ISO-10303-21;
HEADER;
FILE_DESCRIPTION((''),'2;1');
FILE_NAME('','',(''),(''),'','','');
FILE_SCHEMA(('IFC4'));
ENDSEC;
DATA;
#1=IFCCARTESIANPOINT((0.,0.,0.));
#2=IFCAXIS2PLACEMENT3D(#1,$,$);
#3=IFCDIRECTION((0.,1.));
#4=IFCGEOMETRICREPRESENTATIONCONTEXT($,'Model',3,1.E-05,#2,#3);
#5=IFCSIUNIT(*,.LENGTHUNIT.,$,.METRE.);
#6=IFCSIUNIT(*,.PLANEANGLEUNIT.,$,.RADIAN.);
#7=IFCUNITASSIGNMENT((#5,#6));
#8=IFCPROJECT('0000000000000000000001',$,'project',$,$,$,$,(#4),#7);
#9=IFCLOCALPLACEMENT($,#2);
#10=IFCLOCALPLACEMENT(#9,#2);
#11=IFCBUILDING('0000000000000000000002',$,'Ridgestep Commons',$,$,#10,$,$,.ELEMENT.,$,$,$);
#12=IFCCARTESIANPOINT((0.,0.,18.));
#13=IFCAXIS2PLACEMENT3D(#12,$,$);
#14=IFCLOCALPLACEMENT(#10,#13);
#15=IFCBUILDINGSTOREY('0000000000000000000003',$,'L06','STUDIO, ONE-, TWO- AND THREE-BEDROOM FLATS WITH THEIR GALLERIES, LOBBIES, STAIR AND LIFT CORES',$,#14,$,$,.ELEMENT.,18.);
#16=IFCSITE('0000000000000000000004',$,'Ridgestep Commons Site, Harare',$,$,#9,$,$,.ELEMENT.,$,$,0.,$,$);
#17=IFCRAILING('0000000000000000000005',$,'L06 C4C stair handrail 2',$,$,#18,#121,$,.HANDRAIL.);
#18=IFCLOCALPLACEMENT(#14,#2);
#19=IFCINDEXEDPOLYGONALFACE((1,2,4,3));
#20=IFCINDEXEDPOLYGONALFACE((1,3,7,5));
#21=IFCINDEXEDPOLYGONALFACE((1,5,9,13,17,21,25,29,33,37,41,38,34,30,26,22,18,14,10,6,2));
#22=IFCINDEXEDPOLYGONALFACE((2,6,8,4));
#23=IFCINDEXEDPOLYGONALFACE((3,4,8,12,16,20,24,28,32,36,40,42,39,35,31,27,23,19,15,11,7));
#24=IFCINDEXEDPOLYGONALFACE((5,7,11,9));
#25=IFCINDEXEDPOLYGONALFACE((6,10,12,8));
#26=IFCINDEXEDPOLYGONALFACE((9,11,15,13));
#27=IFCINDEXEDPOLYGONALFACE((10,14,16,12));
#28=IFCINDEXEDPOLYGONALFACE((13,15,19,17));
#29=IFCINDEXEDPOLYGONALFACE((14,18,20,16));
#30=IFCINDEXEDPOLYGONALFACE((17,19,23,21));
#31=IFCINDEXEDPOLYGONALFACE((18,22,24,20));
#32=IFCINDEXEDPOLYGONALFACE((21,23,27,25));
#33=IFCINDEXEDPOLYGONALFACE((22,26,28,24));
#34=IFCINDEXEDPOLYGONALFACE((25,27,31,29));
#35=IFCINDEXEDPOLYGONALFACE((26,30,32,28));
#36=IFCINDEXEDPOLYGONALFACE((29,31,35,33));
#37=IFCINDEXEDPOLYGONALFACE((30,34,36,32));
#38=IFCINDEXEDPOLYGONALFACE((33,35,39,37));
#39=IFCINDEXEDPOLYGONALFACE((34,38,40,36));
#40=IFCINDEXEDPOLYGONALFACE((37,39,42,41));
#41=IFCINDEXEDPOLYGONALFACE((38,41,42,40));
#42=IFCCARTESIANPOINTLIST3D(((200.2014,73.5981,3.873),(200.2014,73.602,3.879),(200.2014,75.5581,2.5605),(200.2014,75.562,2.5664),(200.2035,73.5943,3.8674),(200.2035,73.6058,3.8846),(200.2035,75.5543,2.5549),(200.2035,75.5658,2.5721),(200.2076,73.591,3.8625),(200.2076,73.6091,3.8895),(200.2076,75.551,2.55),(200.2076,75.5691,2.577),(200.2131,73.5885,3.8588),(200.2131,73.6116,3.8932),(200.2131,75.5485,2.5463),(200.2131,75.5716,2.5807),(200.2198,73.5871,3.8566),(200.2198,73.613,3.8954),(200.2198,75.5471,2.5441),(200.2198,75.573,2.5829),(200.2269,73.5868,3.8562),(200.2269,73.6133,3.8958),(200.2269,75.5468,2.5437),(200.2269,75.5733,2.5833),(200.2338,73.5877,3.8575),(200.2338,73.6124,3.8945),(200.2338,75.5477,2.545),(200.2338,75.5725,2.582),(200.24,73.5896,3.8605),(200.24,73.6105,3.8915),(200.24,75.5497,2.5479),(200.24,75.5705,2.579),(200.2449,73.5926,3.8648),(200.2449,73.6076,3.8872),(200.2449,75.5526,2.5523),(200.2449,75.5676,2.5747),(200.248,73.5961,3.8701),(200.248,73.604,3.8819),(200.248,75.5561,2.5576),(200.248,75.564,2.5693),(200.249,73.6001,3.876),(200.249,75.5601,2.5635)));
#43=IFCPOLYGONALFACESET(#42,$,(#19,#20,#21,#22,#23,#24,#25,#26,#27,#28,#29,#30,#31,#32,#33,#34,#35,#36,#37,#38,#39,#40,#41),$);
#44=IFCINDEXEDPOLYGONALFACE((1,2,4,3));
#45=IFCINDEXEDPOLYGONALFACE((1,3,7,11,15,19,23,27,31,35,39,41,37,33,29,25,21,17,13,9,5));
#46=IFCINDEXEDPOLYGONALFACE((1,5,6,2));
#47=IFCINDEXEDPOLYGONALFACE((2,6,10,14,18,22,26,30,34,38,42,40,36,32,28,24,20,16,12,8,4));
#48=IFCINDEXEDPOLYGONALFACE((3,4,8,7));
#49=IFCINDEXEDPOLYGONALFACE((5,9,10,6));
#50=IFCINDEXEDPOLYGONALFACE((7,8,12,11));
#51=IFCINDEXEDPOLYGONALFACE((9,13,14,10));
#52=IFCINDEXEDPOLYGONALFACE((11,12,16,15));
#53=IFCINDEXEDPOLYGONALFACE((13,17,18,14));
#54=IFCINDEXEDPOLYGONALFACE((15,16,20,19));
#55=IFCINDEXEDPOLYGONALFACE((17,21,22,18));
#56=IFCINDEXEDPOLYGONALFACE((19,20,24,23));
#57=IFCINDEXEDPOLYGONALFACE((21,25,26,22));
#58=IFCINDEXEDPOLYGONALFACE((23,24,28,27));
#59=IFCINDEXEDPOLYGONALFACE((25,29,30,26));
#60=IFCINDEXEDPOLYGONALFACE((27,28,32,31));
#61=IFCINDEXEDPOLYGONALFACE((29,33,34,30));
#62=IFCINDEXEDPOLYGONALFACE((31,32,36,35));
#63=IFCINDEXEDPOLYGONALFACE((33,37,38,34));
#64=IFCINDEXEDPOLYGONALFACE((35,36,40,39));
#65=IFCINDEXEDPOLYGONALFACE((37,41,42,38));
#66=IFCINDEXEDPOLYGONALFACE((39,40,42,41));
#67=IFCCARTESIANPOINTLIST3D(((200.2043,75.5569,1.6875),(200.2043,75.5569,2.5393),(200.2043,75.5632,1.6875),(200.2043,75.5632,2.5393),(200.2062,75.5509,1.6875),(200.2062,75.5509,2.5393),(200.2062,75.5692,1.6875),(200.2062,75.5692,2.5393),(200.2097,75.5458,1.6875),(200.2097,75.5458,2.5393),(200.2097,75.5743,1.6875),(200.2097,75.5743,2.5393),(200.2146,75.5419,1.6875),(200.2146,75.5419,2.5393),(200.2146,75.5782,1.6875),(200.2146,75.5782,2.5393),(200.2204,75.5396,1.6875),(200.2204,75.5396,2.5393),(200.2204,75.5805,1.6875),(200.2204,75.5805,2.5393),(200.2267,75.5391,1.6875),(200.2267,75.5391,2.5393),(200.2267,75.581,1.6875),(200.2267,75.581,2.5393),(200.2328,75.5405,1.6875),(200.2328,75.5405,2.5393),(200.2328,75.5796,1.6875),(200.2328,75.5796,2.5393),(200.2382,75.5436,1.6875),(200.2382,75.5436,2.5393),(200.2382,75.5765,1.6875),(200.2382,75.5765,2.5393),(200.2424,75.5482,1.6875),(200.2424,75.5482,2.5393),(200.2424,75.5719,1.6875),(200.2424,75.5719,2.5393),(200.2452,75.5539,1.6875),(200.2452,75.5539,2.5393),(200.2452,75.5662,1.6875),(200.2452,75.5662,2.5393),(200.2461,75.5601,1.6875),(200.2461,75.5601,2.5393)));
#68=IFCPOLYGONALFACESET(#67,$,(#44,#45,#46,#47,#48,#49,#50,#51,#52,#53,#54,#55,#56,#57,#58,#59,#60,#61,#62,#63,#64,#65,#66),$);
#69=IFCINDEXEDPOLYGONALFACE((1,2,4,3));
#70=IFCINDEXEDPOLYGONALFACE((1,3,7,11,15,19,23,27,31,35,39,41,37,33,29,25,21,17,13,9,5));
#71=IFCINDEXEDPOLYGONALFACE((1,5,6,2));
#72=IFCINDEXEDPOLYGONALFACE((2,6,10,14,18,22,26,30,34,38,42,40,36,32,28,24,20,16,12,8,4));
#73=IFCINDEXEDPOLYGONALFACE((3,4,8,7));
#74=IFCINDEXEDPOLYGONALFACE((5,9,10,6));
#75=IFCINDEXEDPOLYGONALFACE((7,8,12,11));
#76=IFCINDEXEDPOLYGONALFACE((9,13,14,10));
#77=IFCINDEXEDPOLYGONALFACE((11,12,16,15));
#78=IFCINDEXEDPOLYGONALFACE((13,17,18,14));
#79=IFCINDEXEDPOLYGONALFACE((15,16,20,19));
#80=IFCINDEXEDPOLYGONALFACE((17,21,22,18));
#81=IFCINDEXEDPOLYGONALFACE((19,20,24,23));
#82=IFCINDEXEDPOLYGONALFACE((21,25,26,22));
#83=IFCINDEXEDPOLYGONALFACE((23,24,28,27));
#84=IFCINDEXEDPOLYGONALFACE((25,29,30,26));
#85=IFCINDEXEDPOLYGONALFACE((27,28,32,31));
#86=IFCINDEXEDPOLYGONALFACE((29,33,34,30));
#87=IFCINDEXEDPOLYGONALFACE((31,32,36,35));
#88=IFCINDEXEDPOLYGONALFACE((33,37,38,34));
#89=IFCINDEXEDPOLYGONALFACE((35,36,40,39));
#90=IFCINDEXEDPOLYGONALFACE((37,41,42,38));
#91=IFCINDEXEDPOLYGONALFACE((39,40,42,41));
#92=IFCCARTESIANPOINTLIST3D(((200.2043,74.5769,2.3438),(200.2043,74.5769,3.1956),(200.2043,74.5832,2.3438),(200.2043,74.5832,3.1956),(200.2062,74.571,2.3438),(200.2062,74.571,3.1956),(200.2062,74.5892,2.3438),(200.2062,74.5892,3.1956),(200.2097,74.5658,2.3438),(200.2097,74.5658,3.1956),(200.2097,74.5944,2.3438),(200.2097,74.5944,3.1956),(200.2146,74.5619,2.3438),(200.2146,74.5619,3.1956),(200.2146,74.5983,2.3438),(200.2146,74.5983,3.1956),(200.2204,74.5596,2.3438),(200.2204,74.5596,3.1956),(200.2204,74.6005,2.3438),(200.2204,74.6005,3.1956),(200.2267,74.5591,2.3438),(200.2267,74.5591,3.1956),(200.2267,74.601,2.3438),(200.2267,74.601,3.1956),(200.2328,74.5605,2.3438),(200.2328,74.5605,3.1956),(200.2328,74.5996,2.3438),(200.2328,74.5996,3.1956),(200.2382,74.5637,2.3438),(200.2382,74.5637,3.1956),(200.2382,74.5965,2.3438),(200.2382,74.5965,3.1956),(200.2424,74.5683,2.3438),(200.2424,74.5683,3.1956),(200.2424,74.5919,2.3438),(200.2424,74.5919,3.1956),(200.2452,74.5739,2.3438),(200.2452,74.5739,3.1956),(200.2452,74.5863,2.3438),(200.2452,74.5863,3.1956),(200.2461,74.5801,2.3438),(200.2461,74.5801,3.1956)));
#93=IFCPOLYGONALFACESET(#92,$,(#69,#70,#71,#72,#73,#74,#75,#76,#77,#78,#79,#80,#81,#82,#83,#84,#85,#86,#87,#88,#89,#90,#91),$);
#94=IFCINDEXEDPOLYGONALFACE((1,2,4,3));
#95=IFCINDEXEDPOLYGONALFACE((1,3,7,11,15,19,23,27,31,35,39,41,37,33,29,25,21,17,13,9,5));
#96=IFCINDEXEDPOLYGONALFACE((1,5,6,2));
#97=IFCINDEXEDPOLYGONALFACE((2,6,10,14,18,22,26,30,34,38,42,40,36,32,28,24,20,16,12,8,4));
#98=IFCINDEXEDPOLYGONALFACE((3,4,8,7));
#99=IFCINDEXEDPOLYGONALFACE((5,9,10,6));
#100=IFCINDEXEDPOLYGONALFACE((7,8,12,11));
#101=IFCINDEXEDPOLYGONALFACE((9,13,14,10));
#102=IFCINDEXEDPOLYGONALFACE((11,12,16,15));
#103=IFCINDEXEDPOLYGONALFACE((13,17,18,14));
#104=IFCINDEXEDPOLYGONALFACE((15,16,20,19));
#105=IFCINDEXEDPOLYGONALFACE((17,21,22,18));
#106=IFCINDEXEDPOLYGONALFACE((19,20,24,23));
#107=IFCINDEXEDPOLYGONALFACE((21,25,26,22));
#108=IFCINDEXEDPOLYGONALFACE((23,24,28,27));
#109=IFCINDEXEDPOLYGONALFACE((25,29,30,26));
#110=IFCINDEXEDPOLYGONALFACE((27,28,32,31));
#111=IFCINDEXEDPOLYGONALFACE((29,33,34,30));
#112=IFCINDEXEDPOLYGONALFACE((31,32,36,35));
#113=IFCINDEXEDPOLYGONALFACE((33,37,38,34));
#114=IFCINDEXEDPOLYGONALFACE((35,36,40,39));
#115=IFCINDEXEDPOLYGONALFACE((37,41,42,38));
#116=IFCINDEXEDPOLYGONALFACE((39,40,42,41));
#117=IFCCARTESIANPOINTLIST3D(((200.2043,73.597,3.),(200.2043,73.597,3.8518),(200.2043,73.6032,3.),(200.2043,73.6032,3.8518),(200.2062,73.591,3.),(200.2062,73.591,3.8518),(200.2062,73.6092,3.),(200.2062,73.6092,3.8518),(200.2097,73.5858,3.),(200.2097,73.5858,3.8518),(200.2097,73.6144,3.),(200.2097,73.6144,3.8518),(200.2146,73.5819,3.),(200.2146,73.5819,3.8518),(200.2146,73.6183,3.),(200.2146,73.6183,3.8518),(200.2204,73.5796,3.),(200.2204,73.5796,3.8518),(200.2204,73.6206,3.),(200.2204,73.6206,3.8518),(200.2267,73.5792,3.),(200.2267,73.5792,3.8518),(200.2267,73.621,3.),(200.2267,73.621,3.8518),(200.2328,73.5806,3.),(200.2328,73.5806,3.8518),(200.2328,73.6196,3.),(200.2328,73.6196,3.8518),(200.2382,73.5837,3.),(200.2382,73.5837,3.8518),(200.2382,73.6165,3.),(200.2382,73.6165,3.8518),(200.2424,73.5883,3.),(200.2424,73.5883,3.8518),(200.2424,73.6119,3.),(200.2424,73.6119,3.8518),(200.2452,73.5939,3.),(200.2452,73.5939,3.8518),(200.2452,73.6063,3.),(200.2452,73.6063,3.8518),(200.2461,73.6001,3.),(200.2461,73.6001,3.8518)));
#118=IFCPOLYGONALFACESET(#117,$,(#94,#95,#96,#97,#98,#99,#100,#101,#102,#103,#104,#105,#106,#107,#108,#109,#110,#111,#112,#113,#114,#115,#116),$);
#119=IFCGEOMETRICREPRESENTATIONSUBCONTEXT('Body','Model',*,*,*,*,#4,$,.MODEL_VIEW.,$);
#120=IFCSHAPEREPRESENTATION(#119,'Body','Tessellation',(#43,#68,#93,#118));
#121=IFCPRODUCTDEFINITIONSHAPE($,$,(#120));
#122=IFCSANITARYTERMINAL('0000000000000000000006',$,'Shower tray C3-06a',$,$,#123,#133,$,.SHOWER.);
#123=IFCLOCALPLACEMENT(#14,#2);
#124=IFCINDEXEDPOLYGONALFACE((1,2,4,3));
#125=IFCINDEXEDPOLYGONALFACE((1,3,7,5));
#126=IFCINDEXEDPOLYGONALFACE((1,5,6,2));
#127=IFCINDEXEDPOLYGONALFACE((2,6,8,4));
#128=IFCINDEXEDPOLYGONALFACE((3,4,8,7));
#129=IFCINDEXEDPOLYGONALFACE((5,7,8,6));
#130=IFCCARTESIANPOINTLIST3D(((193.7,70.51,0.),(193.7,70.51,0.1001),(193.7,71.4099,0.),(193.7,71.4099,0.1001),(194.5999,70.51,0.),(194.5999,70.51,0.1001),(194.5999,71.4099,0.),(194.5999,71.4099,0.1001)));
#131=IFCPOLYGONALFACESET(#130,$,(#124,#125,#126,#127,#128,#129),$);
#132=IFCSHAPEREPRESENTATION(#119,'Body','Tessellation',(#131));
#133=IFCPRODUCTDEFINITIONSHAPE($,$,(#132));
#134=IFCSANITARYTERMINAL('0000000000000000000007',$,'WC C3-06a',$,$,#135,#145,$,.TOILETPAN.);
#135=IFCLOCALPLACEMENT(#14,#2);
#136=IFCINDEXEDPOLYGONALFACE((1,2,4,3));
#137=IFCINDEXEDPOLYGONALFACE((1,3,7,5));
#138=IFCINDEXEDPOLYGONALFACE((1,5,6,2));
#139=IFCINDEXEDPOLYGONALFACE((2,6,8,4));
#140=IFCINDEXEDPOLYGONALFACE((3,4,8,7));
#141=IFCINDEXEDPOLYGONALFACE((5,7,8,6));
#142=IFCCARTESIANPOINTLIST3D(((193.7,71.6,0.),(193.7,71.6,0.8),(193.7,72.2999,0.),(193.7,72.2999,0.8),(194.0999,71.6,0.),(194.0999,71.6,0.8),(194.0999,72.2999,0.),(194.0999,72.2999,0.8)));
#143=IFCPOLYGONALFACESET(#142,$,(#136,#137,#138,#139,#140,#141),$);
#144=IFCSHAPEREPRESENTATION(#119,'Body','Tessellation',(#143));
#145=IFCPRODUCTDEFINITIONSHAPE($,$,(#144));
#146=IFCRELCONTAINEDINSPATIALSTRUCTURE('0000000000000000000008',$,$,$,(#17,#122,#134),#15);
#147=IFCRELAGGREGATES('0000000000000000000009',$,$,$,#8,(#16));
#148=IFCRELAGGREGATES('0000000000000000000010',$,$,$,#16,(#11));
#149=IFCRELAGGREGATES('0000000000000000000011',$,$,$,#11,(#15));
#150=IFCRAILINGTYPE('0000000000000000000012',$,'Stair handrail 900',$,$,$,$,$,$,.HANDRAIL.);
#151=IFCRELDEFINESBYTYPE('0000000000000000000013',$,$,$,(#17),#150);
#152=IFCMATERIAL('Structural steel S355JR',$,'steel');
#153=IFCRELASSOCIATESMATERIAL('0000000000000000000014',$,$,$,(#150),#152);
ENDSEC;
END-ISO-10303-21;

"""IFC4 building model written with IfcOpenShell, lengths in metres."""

from ifc_helpers import new_model, si_unit, direction, frame, origin, origin_2d, place, context, subcontext, project, spatial, rectangle, circle, extrude, material, type_object, element, save


model = new_model("IFC4")

# Units and contexts
model_context = context("Model", 3, precision=1e-05, world=origin(), true_north=direction((0.0, 1.0)))
body_context = subcontext(model_context, "Body", "Model", "MODEL_VIEW")
ifc_project = project(units=[si_unit("LENGTHUNIT", "METRE"), si_unit("PLANEANGLEUNIT", "RADIAN")], contexts=[model_context])

# Site, building, storey
site_placement = place(None, origin())
site = spatial("IfcSite", under=ifc_project, at=site_placement, Name="Ridgestep Commons Site, Harare", CompositionType="ELEMENT", RefElevation=0.0)
building_placement = place(site_placement, origin())
building = spatial("IfcBuilding", under=site, at=building_placement, Name="Ridgestep Commons", CompositionType="ELEMENT")
storey_placement = place(building_placement, frame((0.0, 0.0, 18.0)))
storey = spatial("IfcBuildingStorey", under=building, at=storey_placement, Name="L06", Description="STUDIO, ONE-, TWO- AND THREE-BEDROOM FLATS WITH THEIR GALLERIES, LOBBIES, STAIR AND LIFT CORES", CompositionType="ELEMENT", Elevation=18.0)

# Railing
ifc_material_1 = material(Name="Structural steel S355JR", Category="steel")
railing_type_1 = type_object("IfcRailingType", Name="Stair handrail 900", PredefinedType="HANDRAIL", material=ifc_material_1)
railing_1_placement = place(storey_placement, frame((200.2251, 75.5601, 1.6875)))
element("IfcRailing", 1, at=railing_1_placement, inside=storey, type_object=railing_type_1, Name="L06 C4C stair handrail 2", PredefinedType="HANDRAIL", context=body_context, shape_type="SweptSolid", body=[
    extrude(circle(Radius=0.0239, at=origin_2d()), frame((0.0, 0.0, 0.876), z_axis=(0.0, -0.830902, 0.556419), x_axis=(1.0, 0.0, 0.0)), (0.0, 0.0, 1.0), 2.3589),
    extrude(circle(Radius=0.021, at=origin_2d()), origin(), (0.0, 0.0, 1.0), 0.8518),
    extrude(circle(Radius=0.021, at=origin_2d()), frame((0.0, -0.98, 0.6562)), (0.0, 0.0, 1.0), 0.8518),
    extrude(circle(Radius=0.021, at=origin_2d()), frame((0.0, -1.96, 1.3125)), (0.0, 0.0, 1.0), 0.8518),
])

# Sanitary terminals
sanitary_terminal_1_placement = place(storey_placement, frame((194.1499, 70.96, 0.0), z_axis=(0.0, 0.0, 1.0), x_axis=(1.0, 0.0, 0.0)))
element("IfcSanitaryTerminal", 2, at=sanitary_terminal_1_placement, inside=storey, Name="Shower tray C3-06a", PredefinedType="SHOWER", context=body_context, shape_type="SweptSolid", body=[
    extrude(rectangle(XDim=0.8999, YDim=0.8999, at=origin_2d()), origin(), (0.0, 0.0, 1.0), 0.1001),
])
sanitary_terminal_2_placement = place(storey_placement, frame((193.8999, 71.95, 0.0), z_axis=(0.0, 0.0, 1.0), x_axis=(1.0, 0.0, 0.0)))
element("IfcSanitaryTerminal", 3, at=sanitary_terminal_2_placement, inside=storey, Name="WC C3-06a", PredefinedType="TOILETPAN", context=body_context, shape_type="SweptSolid", body=[
    extrude(rectangle(XDim=0.3999, YDim=0.7, at=origin_2d()), origin(), (0.0, 0.0, 1.0), 0.8),
])

save(model, "model.ifc")
